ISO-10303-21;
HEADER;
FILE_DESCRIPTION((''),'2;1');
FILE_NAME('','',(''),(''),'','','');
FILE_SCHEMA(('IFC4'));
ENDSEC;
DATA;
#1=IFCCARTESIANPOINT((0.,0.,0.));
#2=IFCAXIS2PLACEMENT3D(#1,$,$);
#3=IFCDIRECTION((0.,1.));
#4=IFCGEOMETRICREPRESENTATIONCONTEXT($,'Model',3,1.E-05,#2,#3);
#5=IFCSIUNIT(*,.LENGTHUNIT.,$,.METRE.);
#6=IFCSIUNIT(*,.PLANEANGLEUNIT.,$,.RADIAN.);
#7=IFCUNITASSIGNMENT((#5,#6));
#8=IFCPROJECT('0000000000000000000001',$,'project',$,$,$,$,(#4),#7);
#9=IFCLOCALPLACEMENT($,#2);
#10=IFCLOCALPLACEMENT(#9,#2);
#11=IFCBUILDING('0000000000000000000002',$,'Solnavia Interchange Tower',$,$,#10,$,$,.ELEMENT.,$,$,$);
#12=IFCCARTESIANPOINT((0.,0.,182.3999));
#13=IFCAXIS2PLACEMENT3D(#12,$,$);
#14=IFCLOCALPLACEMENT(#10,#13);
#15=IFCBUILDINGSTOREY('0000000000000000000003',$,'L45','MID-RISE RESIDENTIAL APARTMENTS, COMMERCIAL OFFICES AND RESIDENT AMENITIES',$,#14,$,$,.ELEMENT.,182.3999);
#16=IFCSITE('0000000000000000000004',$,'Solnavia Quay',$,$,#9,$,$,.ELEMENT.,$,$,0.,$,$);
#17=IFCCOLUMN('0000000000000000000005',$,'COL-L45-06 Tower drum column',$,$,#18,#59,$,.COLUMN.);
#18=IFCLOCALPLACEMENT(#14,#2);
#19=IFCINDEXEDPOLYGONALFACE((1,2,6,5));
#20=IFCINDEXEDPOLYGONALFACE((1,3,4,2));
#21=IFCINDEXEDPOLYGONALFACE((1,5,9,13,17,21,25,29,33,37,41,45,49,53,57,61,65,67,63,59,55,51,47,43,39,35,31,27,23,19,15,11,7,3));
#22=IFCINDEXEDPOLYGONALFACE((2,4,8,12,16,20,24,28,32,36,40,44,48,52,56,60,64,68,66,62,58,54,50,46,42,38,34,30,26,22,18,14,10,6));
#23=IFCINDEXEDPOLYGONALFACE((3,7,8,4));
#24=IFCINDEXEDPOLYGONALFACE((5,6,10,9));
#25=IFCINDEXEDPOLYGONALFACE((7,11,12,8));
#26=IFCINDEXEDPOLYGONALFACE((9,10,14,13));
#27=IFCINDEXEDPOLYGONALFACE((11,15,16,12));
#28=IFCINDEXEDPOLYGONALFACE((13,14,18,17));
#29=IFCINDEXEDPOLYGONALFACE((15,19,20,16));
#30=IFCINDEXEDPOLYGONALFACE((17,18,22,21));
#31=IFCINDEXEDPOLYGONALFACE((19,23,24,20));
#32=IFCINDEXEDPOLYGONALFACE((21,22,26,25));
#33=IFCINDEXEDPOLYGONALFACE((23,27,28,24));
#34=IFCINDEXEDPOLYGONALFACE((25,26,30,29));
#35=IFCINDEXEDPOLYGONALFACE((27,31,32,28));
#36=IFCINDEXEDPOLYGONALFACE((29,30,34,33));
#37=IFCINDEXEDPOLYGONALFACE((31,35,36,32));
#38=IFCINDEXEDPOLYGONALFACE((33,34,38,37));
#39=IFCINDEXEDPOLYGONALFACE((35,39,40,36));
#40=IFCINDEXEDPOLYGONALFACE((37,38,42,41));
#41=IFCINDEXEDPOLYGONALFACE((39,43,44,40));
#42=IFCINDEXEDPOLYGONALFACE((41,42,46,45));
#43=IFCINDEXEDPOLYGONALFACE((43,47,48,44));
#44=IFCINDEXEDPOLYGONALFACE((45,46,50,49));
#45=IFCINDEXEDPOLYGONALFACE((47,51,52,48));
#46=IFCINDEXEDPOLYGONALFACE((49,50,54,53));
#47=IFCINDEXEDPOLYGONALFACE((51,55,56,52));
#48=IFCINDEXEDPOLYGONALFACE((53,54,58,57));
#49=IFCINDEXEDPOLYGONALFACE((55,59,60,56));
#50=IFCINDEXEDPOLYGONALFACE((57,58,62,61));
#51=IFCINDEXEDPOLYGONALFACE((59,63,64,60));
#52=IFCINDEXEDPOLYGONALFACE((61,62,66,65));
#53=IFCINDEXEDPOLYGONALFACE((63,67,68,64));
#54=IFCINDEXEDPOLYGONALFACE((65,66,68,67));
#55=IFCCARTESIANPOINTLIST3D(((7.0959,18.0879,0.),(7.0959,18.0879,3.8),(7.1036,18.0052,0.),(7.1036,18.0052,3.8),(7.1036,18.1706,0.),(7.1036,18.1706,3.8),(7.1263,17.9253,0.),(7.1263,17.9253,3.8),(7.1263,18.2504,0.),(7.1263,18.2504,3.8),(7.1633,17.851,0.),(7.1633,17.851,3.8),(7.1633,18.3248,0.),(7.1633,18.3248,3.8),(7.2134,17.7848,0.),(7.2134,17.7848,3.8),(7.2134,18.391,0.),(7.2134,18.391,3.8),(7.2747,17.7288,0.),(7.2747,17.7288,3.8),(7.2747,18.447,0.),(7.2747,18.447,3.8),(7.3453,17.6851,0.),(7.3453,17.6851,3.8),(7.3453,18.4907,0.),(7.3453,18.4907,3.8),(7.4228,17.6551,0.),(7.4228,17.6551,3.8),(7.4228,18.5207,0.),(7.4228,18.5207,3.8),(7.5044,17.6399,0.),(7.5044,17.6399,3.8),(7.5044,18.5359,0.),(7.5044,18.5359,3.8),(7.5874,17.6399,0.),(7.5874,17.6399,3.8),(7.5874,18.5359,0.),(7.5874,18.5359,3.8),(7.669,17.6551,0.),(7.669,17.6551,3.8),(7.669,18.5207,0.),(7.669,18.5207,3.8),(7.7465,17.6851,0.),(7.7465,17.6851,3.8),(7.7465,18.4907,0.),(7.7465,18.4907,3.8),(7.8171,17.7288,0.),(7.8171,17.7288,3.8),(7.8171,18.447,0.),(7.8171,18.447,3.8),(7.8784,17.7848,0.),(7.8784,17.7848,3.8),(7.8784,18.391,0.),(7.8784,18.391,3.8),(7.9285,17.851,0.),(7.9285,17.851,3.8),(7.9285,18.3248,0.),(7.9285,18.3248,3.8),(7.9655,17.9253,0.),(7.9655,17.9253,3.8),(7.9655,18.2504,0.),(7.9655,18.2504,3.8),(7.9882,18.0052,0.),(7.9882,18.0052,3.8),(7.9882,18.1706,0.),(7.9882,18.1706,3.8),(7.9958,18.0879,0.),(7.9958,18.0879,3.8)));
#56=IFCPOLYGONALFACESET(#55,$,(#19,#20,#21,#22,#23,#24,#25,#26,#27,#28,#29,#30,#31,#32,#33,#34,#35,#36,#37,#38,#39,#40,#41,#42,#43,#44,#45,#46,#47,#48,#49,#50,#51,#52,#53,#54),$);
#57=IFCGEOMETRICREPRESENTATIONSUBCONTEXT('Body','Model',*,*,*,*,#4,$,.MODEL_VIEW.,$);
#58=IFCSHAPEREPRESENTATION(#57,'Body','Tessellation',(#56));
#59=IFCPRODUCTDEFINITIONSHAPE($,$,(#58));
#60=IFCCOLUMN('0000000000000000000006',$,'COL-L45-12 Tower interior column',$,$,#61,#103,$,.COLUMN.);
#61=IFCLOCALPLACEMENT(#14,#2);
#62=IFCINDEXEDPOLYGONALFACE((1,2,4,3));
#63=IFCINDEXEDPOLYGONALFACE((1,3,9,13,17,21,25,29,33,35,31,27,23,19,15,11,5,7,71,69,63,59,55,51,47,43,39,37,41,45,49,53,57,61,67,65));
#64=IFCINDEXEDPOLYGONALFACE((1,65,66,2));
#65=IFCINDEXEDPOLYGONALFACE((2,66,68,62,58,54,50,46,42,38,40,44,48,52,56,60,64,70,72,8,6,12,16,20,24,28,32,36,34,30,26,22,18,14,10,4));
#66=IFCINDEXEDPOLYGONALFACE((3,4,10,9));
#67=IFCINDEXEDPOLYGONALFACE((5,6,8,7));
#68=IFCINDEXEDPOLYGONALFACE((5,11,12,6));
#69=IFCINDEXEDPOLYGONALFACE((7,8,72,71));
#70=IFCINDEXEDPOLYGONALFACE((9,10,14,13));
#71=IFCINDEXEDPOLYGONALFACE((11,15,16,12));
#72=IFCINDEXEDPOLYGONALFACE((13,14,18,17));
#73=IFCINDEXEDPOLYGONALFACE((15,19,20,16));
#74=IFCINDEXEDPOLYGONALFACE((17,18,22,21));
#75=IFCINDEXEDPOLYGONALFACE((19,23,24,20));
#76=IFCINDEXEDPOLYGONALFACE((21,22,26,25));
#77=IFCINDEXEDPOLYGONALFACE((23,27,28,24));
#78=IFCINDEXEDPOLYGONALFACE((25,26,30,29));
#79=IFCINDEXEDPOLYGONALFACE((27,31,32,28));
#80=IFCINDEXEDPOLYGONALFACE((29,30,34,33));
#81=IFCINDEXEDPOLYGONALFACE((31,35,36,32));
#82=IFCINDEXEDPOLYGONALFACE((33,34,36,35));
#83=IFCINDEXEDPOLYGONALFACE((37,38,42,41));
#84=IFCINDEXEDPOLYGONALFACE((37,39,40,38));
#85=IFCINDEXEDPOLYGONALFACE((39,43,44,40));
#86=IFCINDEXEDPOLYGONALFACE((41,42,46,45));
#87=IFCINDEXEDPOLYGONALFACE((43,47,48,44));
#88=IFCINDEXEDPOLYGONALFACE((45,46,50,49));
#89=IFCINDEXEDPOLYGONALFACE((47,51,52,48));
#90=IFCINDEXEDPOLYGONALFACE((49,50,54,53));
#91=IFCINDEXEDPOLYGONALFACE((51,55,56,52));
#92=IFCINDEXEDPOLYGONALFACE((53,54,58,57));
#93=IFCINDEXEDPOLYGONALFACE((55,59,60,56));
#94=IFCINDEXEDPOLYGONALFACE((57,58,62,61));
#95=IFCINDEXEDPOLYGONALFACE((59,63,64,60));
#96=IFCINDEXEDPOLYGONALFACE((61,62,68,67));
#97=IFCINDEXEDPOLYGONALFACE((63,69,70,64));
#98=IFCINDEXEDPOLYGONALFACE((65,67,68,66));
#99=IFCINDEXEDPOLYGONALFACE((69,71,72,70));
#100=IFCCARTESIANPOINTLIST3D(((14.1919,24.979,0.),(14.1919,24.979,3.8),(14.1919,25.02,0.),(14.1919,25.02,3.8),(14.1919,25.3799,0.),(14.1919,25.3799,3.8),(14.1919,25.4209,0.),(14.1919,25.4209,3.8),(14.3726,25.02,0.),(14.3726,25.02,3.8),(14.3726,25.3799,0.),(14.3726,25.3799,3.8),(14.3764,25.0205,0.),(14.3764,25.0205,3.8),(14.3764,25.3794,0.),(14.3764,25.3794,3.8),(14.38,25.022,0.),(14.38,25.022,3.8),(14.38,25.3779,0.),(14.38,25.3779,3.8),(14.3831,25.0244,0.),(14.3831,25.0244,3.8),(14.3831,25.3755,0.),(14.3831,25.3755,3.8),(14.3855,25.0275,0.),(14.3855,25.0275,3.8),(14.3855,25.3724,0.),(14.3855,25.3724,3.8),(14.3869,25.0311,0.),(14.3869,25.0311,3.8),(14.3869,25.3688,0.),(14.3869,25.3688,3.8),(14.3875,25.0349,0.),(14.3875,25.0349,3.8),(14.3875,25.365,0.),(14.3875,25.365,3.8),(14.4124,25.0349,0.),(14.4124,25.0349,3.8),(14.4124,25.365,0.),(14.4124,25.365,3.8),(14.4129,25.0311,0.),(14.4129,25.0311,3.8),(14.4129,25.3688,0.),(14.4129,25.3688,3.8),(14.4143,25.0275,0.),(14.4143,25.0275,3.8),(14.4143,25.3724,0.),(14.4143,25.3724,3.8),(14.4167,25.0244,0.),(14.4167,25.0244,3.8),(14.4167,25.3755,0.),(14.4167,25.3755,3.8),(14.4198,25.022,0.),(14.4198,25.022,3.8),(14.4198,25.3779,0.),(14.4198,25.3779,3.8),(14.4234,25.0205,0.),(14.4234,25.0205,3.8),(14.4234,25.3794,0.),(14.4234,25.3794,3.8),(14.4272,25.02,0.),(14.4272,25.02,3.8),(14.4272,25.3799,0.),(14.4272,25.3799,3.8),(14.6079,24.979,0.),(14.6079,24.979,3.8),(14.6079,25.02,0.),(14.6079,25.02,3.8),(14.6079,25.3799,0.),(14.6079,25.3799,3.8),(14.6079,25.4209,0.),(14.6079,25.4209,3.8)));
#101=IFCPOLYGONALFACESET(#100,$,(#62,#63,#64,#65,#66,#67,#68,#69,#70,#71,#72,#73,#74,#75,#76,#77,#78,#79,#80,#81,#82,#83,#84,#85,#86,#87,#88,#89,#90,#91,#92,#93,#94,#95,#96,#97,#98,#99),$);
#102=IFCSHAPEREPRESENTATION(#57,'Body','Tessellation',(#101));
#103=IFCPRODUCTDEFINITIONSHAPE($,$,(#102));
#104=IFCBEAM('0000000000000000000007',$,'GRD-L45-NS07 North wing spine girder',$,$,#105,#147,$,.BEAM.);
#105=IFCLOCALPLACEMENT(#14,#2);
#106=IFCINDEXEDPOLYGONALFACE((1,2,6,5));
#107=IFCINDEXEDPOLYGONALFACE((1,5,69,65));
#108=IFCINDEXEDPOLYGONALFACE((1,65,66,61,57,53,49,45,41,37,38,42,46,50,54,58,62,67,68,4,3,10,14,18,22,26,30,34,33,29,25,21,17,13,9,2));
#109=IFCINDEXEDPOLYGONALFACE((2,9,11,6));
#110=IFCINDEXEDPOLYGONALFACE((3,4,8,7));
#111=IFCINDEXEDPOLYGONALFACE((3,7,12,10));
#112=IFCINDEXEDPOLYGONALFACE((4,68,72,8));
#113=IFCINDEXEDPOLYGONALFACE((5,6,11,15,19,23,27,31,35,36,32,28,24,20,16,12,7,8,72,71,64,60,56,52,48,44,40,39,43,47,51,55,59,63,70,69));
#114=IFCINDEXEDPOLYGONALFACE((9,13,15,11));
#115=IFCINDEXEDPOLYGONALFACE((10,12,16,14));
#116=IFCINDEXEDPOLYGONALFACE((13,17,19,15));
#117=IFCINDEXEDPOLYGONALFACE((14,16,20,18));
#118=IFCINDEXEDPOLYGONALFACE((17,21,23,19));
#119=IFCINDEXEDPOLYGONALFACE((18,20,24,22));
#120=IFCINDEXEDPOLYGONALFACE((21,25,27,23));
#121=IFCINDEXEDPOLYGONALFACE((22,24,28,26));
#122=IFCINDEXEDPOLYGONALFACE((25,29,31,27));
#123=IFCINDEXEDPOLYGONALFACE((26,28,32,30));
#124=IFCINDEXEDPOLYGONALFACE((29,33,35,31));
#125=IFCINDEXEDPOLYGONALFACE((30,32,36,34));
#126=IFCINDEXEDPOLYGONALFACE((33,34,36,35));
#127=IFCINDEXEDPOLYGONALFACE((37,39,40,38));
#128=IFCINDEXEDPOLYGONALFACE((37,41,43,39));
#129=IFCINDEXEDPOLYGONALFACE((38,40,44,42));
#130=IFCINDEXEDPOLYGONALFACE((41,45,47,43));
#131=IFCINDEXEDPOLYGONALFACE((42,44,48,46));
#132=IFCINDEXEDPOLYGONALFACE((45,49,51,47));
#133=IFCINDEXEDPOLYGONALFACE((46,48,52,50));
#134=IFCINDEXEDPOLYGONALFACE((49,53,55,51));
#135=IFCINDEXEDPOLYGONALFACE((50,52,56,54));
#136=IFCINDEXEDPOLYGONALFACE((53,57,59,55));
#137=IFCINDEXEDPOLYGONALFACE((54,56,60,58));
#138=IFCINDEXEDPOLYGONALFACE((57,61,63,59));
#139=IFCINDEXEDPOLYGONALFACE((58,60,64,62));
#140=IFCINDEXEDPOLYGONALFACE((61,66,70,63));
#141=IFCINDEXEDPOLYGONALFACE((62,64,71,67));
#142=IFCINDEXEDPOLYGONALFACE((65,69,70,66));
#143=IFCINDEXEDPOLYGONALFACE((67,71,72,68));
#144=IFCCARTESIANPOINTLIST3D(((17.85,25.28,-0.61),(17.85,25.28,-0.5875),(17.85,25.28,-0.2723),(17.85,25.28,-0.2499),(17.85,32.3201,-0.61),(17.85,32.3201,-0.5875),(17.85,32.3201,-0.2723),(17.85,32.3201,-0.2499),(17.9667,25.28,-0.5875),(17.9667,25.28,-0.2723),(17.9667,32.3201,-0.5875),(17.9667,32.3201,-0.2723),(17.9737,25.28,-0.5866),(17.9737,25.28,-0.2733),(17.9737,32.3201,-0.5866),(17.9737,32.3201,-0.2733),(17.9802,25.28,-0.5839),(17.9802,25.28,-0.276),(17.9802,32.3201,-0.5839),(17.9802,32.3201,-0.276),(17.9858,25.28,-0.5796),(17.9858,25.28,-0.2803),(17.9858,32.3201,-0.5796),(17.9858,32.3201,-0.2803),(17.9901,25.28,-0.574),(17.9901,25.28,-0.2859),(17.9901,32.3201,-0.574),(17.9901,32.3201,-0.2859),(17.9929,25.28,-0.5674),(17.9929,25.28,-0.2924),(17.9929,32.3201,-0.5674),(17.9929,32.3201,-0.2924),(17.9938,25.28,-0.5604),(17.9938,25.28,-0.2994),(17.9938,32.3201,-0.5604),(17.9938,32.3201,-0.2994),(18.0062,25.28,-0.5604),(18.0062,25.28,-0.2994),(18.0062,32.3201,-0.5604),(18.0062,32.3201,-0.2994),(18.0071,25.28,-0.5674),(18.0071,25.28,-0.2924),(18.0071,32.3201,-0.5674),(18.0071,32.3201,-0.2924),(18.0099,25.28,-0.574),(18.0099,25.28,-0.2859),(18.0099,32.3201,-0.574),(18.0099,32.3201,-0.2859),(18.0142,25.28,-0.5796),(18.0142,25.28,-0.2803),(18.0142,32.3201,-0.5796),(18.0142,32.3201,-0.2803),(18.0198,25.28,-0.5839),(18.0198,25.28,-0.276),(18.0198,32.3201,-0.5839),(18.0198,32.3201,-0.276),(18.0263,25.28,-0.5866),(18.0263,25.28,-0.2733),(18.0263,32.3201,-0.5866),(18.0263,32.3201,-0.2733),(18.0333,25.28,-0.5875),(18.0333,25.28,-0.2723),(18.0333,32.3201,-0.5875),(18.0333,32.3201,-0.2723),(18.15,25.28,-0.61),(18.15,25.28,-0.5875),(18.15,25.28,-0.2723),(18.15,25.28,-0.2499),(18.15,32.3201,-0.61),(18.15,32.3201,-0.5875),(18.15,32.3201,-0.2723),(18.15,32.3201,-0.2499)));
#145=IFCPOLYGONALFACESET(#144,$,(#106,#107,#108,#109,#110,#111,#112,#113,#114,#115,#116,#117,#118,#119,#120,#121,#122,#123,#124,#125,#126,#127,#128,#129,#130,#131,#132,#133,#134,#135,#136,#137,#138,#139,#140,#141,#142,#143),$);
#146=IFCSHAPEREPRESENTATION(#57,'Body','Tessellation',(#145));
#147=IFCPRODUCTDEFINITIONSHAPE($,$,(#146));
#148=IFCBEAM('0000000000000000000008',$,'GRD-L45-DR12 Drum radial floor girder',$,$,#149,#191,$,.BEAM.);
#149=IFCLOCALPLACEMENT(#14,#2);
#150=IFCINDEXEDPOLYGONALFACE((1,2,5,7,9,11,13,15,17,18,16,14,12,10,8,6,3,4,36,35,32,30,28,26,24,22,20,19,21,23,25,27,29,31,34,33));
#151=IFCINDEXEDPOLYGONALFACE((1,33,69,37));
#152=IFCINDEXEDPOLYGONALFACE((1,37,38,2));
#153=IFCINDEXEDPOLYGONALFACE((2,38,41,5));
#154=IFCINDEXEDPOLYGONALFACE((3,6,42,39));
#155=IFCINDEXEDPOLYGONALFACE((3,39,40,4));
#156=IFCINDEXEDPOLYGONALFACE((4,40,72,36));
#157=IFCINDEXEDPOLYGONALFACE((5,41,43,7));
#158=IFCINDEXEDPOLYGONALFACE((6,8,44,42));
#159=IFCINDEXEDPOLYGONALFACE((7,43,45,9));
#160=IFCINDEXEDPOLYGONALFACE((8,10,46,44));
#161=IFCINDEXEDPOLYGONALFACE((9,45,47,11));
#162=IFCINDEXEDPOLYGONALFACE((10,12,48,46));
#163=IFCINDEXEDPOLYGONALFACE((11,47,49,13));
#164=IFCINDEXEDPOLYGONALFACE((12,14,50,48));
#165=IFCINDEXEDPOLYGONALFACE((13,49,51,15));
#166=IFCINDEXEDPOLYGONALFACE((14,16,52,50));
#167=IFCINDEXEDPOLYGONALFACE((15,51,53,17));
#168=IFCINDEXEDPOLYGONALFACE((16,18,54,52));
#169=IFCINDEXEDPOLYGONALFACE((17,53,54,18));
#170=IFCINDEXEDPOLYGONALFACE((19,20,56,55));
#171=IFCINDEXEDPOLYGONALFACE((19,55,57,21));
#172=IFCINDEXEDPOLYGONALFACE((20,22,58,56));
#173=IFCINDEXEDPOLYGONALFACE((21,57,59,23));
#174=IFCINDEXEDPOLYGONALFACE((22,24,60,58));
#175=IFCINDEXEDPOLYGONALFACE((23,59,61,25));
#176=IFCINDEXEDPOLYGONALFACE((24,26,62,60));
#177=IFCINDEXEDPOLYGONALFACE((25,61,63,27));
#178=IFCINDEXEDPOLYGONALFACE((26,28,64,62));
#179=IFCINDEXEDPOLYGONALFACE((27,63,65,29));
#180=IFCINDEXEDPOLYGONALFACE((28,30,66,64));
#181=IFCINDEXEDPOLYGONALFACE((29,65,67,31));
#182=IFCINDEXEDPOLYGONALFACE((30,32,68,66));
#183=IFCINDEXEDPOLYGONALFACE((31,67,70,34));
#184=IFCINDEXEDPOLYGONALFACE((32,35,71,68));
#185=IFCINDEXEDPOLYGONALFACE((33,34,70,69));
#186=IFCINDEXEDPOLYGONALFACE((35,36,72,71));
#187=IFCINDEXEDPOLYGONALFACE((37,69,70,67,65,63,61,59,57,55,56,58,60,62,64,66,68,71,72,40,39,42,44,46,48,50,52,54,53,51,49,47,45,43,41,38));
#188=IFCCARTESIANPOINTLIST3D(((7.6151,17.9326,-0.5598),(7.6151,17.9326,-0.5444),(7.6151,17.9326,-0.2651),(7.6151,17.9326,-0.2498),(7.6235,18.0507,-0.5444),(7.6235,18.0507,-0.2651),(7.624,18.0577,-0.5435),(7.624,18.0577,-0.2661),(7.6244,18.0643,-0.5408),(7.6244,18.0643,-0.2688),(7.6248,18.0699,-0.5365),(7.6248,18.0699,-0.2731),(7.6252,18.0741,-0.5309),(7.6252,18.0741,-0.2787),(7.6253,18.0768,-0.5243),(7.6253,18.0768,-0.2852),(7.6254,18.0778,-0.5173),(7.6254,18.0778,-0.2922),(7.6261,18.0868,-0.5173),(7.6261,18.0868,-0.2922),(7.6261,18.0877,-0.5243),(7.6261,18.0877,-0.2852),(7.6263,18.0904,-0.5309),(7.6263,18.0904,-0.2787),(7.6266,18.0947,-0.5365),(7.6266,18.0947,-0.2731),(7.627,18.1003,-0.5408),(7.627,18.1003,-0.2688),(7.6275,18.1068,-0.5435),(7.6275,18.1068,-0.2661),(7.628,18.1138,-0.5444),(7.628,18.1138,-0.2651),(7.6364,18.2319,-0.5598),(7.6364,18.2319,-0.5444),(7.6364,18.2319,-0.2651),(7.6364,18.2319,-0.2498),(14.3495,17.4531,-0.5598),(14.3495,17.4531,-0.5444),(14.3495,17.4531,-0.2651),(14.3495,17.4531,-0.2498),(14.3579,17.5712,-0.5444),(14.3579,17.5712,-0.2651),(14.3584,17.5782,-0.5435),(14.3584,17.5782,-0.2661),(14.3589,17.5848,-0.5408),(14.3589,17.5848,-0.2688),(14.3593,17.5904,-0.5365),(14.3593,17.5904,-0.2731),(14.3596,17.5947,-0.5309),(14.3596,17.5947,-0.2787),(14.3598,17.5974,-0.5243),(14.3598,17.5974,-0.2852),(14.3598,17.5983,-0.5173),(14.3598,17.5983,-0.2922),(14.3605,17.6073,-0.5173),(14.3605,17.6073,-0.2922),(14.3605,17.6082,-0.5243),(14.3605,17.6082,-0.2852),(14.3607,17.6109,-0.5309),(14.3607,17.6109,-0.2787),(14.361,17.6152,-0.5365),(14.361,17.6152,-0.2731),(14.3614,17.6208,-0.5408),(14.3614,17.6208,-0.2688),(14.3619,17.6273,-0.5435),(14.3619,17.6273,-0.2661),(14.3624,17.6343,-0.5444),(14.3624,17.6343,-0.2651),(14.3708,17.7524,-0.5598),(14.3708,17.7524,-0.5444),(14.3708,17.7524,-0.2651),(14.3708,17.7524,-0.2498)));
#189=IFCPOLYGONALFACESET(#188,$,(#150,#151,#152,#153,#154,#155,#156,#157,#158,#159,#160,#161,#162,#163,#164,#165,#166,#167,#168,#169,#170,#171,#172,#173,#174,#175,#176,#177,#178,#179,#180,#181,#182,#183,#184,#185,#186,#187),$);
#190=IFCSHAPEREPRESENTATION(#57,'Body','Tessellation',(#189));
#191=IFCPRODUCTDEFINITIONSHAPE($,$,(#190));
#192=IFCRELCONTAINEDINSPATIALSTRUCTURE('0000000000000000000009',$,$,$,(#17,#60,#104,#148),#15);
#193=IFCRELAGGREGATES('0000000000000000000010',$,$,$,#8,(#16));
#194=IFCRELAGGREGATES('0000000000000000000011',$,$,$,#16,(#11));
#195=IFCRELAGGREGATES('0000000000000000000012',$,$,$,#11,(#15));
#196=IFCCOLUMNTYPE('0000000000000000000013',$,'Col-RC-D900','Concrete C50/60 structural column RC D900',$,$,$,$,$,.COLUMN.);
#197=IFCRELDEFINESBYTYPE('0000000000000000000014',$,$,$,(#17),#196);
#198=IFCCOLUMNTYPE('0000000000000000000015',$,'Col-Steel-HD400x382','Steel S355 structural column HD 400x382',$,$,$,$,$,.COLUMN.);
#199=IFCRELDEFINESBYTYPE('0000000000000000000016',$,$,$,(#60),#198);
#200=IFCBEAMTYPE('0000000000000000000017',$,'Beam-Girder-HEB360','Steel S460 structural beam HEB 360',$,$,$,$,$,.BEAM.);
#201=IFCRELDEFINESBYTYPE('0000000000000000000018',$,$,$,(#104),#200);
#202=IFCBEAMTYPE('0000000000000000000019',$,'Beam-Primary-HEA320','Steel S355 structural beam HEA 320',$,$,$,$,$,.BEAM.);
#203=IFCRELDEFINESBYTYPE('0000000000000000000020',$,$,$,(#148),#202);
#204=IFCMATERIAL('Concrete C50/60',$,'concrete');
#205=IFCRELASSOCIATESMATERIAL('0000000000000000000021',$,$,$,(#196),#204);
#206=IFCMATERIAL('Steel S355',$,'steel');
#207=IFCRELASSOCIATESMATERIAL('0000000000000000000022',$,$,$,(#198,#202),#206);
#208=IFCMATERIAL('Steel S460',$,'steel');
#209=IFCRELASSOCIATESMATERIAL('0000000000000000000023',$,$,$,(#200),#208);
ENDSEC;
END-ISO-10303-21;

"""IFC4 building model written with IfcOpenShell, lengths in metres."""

from ifc_helpers import new_model, si_unit, direction, frame, origin, origin_2d, place, context, subcontext, project, spatial, circle, i_section, extrude, material, material_profile, profile_set, type_object, element, save


model = new_model("IFC4")

# Units and contexts
model_context = context("Model", 3, precision=1e-05, world=origin(), true_north=direction((0.0, 1.0)))
body_context = subcontext(model_context, "Body", "Model", "MODEL_VIEW")
ifc_project = project(units=[si_unit("LENGTHUNIT", "METRE"), si_unit("PLANEANGLEUNIT", "RADIAN")], contexts=[model_context])

# Site, building, storey
site_placement = place(None, origin())
site = spatial("IfcSite", under=ifc_project, at=site_placement, Name="Solnavia Quay", CompositionType="ELEMENT", RefElevation=0.0)
building_placement = place(site_placement, origin())
building = spatial("IfcBuilding", under=site, at=building_placement, Name="Solnavia Interchange Tower", CompositionType="ELEMENT")
storey_placement = place(building_placement, frame((0.0, 0.0, 182.3999)))
storey = spatial("IfcBuildingStorey", under=building, at=storey_placement, Name="L45", Description="MID-RISE RESIDENTIAL APARTMENTS, COMMERCIAL OFFICES AND RESIDENT AMENITIES", CompositionType="ELEMENT", Elevation=182.3999)

# Columns
ifc_material_1 = material(Name="Concrete C50/60", Category="concrete")
ifc_material_profile_1 = material_profile(ifc_material_1, circle(Radius=0.45, at=origin_2d()), Name="RC D900")
ifc_profile_set_1 = profile_set([ifc_material_profile_1], Name="Concrete C50/60")
column_type_1 = type_object("IfcColumnType", Name="Col-RC-D900", Description="Concrete C50/60 structural column RC D900", PredefinedType="COLUMN", material=ifc_profile_set_1)
column_1_placement = place(storey_placement, frame((7.5459, 18.0879, 0.0), z_axis=(0.0, 0.0, 1.0), x_axis=(1.0, 0.0, 0.0)))
element("IfcColumn", 1, at=column_1_placement, inside=storey, type_object=column_type_1, Name="COL-L45-06 Tower drum column", PredefinedType="COLUMN", context=body_context, shape_type="SweptSolid", body=[
    extrude(circle(Radius=0.45, at=origin_2d()), origin(), (0.0, 0.0, 1.0), 3.8),
])
ifc_material_2 = material(Name="Steel S355", Category="steel")
ifc_material_profile_2 = material_profile(ifc_material_2, i_section(OverallWidth=0.416, OverallDepth=0.4419, WebThickness=0.0249, FlangeThickness=0.041, FilletRadius=0.0149, at=origin_2d()), Name="HD 400x382")
ifc_profile_set_2 = profile_set([ifc_material_profile_2], Name="Steel S355")
column_type_2 = type_object("IfcColumnType", Name="Col-Steel-HD400x382", Description="Steel S355 structural column HD 400x382", PredefinedType="COLUMN", material=ifc_profile_set_2)
column_2_placement = place(storey_placement, frame((14.3999, 25.2, 0.0), z_axis=(0.0, 0.0, 1.0), x_axis=(1.0, 0.0, 0.0)))
element("IfcColumn", 2, at=column_2_placement, inside=storey, type_object=column_type_2, Name="COL-L45-12 Tower interior column", PredefinedType="COLUMN", context=body_context, shape_type="SweptSolid", body=[
    extrude(i_section(OverallWidth=0.416, OverallDepth=0.4419, WebThickness=0.0249, FlangeThickness=0.041, FilletRadius=0.0149, at=origin_2d()), origin(), (0.0, 0.0, 1.0), 3.8),
])

# Beams
ifc_material_3 = material(Name="Steel S460", Category="steel")
ifc_material_profile_3 = material_profile(ifc_material_3, i_section(OverallWidth=0.3, OverallDepth=0.3601, WebThickness=0.0125, FlangeThickness=0.0225, FilletRadius=0.0271, at=origin_2d()), Name="HEB 360")
ifc_profile_set_3 = profile_set([ifc_material_profile_3], Name="Steel S460")
beam_type_1 = type_object("IfcBeamType", Name="Beam-Girder-HEB360", Description="Steel S460 structural beam HEB 360", PredefinedType="BEAM", material=ifc_profile_set_3)
beam_1_placement = place(storey_placement, frame((18.0, 25.28, -0.4299), z_axis=(0.0, 1.0, 0.0), x_axis=(-1.0, 0.0, 0.0)))
element("IfcBeam", 3, at=beam_1_placement, inside=storey, type_object=beam_type_1, Name="GRD-L45-NS07 North wing spine girder", PredefinedType="BEAM", context=body_context, shape_type="SweptSolid", body=[
    extrude(i_section(OverallWidth=0.3, OverallDepth=0.3601, WebThickness=0.0125, FlangeThickness=0.0225, FilletRadius=0.0271, at=origin_2d()), origin(), (0.0, 0.0, 1.0), 7.04),
])
ifc_material_profile_4 = material_profile(ifc_material_2, i_section(OverallWidth=0.3, OverallDepth=0.3101, WebThickness=0.009, FlangeThickness=0.0154, FilletRadius=0.0271, at=origin_2d()), Name="HEA 320")
ifc_profile_set_4 = profile_set([ifc_material_profile_4], Name="Steel S355")
beam_type_2 = type_object("IfcBeamType", Name="Beam-Primary-HEA320", Description="Steel S355 structural beam HEA 320", PredefinedType="BEAM", material=ifc_profile_set_4)
beam_2_placement = place(storey_placement, frame((7.6257, 18.0823, -0.4048), z_axis=(0.997475, -0.071021, 0.0), x_axis=(0.071021, 0.997475, 0.0)))
element("IfcBeam", 4, at=beam_2_placement, inside=storey, type_object=beam_type_2, Name="GRD-L45-DR12 Drum radial floor girder", PredefinedType="BEAM", context=body_context, shape_type="SweptSolid", body=[
    extrude(i_section(OverallWidth=0.3, OverallDepth=0.3101, WebThickness=0.009, FlangeThickness=0.0154, FilletRadius=0.0271, at=origin_2d()), origin(), (0.0, 0.0, 1.0), 6.7515),
])

save(model, "model.ifc")
